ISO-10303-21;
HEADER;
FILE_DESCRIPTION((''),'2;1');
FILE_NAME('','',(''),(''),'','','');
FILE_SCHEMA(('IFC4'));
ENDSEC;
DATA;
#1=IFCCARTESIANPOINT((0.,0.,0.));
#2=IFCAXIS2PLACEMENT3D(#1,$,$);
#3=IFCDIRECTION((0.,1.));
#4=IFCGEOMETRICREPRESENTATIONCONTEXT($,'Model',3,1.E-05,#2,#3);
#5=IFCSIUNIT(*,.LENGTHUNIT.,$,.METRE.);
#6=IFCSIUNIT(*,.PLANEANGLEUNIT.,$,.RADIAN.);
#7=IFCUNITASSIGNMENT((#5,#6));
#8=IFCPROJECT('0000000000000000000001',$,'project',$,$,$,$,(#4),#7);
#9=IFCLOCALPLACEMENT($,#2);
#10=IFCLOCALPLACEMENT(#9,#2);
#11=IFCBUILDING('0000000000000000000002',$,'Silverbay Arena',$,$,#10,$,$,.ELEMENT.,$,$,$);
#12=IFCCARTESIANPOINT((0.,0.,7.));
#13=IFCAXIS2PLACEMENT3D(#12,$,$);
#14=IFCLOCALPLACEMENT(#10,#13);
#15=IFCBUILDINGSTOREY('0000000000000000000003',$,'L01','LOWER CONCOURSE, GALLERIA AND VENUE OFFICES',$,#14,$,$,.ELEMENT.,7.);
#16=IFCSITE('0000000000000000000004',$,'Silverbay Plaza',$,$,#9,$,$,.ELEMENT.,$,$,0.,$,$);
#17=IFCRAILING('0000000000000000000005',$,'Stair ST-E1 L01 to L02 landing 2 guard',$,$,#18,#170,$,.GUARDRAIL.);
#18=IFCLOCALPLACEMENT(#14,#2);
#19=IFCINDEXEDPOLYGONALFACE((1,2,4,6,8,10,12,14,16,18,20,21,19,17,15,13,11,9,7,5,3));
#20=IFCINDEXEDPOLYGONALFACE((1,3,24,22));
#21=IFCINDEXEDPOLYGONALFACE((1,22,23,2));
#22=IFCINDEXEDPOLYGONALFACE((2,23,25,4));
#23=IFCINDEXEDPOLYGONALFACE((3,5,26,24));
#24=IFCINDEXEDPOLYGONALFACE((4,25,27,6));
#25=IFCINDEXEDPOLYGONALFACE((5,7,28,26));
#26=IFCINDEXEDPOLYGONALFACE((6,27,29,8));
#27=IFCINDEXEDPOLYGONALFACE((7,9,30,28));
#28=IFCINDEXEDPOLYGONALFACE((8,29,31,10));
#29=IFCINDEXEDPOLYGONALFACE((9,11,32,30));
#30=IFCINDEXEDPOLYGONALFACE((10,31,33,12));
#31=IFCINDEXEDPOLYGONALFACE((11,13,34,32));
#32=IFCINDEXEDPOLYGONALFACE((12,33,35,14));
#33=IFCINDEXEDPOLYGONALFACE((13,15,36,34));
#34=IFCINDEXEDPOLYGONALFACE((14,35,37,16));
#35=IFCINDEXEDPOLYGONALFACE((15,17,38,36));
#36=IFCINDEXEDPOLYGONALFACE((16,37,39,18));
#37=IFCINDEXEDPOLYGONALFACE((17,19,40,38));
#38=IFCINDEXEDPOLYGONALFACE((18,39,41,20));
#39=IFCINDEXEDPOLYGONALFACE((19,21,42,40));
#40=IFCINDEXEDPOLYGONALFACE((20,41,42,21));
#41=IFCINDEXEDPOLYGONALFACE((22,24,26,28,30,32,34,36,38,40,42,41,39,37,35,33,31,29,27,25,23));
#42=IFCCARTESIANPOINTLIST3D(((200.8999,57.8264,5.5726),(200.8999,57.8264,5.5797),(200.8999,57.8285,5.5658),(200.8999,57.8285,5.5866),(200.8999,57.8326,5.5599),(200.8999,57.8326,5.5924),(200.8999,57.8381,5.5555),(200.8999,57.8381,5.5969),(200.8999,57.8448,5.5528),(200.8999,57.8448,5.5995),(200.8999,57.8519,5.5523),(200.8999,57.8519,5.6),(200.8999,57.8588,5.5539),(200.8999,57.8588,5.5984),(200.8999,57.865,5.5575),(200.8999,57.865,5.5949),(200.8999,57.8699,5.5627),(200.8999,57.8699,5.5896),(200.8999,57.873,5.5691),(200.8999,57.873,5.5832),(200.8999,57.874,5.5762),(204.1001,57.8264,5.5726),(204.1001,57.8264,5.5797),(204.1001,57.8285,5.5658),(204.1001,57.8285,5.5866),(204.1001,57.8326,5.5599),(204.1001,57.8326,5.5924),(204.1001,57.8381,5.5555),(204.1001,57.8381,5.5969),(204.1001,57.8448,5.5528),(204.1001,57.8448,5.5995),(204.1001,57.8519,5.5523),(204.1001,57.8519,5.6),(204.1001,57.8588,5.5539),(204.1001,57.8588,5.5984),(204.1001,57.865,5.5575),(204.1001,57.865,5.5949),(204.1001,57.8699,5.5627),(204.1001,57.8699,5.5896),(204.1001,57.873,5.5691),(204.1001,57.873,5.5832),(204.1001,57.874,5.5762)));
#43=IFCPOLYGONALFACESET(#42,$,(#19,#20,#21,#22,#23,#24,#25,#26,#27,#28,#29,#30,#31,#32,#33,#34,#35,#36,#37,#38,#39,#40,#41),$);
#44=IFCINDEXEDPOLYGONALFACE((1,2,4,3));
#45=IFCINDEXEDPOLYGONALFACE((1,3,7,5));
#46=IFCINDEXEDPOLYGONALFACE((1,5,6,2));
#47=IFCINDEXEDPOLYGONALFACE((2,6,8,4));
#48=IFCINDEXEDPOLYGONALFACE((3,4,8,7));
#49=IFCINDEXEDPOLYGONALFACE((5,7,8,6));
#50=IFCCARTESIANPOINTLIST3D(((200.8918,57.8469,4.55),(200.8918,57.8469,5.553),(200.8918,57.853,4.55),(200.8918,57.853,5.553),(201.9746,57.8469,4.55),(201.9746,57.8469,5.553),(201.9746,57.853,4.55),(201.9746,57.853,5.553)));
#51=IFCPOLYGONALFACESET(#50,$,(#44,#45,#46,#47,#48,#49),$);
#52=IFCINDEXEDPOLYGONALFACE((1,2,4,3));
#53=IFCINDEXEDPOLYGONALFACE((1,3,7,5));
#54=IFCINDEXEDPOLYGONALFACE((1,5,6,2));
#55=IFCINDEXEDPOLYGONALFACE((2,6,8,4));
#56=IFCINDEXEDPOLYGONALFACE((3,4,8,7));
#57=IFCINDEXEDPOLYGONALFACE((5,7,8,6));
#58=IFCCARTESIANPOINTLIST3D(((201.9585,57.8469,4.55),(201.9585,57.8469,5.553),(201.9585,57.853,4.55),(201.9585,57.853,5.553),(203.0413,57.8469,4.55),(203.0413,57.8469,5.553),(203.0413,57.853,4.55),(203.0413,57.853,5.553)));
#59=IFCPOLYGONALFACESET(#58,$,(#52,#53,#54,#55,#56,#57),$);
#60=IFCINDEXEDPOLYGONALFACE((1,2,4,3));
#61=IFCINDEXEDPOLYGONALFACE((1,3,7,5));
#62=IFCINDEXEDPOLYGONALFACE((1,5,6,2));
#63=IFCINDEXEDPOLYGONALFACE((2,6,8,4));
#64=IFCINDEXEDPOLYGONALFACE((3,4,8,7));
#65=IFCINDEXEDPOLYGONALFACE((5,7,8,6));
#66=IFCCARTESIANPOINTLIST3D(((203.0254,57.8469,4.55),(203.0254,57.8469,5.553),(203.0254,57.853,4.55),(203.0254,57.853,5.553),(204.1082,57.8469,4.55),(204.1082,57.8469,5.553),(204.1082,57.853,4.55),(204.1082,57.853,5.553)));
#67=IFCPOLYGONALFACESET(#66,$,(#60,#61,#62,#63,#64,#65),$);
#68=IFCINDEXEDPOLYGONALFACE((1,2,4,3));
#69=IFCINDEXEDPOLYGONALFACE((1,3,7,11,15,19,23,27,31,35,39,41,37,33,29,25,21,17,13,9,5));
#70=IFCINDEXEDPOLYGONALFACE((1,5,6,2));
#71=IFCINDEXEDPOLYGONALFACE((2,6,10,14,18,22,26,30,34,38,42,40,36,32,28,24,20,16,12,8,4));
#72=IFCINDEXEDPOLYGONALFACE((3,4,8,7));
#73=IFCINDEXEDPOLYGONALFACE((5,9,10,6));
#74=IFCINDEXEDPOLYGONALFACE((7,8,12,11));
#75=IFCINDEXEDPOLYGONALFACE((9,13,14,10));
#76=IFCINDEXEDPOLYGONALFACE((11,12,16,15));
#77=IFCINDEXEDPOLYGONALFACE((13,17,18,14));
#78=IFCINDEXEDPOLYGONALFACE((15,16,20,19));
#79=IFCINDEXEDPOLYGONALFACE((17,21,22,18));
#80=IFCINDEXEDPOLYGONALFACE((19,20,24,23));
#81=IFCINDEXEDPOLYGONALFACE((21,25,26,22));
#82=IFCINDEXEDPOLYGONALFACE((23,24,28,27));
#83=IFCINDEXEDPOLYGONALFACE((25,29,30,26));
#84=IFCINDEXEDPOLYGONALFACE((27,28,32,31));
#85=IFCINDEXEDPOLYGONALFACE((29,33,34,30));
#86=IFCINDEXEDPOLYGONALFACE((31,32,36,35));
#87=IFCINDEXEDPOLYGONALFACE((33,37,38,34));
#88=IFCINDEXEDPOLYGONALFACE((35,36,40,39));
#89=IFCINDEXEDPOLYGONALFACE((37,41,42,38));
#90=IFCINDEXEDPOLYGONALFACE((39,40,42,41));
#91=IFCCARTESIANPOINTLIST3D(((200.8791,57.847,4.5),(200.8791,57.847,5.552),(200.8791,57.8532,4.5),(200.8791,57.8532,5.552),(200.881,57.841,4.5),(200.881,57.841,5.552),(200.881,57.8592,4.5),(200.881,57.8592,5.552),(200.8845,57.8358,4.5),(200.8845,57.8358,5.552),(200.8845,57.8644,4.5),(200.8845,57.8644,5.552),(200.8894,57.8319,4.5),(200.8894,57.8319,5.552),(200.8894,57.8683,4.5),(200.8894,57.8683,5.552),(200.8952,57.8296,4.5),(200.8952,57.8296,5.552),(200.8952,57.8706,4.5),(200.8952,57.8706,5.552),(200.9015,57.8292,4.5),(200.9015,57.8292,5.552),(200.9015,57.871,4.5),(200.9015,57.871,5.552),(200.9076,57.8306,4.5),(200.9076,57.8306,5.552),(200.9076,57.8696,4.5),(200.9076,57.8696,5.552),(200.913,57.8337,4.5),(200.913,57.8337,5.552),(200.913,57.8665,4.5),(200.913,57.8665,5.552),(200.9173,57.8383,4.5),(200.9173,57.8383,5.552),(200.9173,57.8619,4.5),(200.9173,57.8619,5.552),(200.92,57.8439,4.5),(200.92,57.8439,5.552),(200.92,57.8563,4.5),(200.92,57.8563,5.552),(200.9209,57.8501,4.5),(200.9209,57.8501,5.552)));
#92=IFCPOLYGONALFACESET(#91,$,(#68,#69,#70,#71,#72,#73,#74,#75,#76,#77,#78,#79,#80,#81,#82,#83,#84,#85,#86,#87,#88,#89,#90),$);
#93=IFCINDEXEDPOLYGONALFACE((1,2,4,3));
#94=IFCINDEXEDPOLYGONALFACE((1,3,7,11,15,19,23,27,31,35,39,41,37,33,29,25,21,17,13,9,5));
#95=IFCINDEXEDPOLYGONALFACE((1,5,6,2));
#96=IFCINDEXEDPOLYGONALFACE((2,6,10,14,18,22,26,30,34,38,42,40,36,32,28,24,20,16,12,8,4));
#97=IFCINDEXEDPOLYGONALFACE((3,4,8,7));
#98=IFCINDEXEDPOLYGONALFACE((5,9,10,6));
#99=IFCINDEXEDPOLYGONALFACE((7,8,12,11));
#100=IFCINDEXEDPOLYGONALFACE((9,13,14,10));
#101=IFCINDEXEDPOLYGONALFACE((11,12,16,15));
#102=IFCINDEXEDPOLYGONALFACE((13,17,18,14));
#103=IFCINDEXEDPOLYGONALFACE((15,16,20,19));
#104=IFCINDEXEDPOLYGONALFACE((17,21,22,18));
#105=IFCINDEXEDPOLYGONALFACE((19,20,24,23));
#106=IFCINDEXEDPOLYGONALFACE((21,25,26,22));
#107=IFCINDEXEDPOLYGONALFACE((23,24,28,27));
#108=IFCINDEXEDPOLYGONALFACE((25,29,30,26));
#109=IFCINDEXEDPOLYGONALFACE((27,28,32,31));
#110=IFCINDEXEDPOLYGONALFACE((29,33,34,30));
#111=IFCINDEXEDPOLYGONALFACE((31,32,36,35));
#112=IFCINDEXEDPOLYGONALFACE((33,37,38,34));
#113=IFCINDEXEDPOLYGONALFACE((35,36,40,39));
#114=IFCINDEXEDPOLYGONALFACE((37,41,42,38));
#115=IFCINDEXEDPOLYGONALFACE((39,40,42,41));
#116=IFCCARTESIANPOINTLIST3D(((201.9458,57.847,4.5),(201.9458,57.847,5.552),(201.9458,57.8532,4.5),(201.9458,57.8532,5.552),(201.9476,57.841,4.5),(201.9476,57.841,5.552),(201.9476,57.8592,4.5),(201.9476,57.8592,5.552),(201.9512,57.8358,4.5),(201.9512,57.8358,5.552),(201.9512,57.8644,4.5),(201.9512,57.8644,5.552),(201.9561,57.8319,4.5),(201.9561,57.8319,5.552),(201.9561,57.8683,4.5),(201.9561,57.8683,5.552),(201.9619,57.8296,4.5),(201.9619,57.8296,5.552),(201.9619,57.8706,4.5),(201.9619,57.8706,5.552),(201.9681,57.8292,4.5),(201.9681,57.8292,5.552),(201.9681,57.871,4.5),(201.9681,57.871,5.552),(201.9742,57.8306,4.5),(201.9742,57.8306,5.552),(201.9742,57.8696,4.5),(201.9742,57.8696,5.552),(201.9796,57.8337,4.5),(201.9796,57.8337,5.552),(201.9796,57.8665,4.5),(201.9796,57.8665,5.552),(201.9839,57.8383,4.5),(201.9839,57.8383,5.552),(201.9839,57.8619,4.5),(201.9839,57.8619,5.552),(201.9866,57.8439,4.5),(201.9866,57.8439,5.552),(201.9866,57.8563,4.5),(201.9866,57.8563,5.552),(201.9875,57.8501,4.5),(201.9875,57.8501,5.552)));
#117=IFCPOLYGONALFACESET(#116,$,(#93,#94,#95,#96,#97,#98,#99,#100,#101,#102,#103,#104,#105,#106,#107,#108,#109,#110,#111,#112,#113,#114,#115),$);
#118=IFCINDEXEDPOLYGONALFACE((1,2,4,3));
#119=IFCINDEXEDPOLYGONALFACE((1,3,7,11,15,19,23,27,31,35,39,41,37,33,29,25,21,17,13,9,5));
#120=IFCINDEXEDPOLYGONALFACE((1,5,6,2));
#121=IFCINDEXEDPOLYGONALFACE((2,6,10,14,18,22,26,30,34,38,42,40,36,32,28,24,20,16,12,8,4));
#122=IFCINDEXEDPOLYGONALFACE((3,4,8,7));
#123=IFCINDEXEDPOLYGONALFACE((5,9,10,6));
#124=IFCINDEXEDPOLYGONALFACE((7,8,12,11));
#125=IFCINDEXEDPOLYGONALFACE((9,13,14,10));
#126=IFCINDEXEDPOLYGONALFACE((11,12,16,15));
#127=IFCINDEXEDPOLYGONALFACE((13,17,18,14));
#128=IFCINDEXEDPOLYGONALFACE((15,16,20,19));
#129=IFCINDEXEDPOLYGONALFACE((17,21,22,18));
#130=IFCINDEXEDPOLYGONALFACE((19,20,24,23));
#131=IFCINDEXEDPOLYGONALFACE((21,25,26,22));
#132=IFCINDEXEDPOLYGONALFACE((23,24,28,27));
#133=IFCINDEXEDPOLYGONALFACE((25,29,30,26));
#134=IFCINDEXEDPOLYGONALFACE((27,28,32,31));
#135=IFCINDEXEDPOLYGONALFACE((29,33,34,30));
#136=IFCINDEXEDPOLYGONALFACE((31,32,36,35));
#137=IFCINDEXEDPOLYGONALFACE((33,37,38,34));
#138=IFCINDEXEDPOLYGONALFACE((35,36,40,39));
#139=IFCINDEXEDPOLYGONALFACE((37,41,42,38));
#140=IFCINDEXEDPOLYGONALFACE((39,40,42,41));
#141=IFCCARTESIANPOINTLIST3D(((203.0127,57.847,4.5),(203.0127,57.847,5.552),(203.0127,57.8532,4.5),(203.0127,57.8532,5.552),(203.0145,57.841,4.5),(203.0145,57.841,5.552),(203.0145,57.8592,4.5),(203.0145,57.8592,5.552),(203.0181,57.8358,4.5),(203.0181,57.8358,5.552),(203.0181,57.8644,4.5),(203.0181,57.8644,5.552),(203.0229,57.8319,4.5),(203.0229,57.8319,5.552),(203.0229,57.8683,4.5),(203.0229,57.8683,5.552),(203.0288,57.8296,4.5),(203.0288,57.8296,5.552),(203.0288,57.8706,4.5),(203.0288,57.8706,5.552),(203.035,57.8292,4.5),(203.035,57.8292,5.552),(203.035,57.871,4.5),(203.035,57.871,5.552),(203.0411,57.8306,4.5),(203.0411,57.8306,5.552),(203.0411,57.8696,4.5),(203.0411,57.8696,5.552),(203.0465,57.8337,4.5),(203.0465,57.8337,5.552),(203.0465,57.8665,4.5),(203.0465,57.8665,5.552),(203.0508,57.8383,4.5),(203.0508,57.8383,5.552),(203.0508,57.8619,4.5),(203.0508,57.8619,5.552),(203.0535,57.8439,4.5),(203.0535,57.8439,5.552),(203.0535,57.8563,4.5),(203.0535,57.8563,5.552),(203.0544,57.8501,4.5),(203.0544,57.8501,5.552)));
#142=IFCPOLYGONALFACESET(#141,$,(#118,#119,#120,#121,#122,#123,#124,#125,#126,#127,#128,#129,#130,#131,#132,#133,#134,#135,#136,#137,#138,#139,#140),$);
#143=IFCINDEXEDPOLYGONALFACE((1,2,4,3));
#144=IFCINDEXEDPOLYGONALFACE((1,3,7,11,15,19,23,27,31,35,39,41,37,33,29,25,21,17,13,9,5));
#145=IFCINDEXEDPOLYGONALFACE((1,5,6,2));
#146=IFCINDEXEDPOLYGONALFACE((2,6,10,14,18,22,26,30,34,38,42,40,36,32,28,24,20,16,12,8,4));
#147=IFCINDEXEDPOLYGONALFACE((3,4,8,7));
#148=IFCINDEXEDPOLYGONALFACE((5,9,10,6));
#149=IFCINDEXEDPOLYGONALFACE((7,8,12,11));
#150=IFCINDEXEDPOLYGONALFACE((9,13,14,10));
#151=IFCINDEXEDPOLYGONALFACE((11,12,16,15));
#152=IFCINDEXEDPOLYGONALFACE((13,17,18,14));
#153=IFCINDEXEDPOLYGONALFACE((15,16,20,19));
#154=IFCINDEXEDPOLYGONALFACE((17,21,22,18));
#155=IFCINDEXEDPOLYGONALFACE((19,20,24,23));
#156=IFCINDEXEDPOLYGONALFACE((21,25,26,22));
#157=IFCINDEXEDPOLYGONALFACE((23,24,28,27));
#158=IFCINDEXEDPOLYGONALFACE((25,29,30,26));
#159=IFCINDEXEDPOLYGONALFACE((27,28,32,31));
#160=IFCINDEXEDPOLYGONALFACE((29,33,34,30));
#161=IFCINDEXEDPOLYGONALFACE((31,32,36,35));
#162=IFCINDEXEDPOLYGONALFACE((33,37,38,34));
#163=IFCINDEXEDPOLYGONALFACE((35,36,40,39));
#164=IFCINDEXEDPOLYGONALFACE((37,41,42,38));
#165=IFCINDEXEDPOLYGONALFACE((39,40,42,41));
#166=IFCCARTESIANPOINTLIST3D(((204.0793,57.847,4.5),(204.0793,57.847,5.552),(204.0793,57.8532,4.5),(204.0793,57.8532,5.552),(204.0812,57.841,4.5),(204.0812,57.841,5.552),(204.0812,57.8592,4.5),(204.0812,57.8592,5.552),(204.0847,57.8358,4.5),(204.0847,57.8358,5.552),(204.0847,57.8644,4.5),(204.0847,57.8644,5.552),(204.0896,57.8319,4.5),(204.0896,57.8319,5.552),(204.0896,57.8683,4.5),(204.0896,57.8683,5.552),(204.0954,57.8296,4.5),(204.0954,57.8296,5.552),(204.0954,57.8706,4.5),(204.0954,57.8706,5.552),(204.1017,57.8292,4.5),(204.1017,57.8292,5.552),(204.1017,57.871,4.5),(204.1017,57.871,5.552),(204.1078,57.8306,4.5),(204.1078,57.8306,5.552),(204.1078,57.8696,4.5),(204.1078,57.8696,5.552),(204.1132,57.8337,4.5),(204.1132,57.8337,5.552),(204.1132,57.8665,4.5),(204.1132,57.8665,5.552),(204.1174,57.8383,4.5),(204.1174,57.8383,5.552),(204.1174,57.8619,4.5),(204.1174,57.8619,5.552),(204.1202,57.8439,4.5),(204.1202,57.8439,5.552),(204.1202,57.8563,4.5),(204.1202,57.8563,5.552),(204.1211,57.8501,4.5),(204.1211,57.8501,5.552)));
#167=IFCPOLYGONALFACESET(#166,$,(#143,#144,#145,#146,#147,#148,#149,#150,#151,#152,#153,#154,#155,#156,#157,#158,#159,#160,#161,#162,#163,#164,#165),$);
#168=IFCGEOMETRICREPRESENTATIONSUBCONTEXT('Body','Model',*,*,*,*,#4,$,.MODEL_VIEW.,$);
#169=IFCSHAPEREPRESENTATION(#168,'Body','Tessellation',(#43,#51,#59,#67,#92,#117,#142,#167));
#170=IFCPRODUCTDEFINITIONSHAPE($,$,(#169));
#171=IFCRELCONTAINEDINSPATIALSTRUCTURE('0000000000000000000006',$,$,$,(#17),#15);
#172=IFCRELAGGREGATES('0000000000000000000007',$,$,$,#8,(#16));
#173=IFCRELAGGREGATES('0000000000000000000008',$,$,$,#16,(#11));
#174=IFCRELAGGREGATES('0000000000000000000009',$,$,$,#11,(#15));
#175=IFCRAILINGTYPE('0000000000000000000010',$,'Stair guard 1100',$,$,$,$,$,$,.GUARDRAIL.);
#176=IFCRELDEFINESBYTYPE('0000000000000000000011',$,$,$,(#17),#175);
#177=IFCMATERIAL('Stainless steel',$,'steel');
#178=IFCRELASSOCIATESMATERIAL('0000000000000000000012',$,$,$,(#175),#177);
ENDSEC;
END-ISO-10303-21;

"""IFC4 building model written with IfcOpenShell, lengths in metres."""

from ifc_helpers import new_model, si_unit, direction, frame, origin, origin_2d, place, context, subcontext, project, spatial, polyline, circle, outline, extrude, material, type_object, element, save


model = new_model("IFC4")

# Units and contexts
model_context = context("Model", 3, precision=1e-05, world=origin(), true_north=direction((0.0, 1.0)))
body_context = subcontext(model_context, "Body", "Model", "MODEL_VIEW")
ifc_project = project(units=[si_unit("LENGTHUNIT", "METRE"), si_unit("PLANEANGLEUNIT", "RADIAN")], contexts=[model_context])

# Site, building, storey
site_placement = place(None, origin())
site = spatial("IfcSite", under=ifc_project, at=site_placement, Name="Silverbay Plaza", CompositionType="ELEMENT", RefElevation=0.0)
building_placement = place(site_placement, origin())
building = spatial("IfcBuilding", under=site, at=building_placement, Name="Silverbay Arena", CompositionType="ELEMENT")
storey_placement = place(building_placement, frame((0.0, 0.0, 7.0)))
storey = spatial("IfcBuildingStorey", under=building, at=storey_placement, Name="L01", Description="LOWER CONCOURSE, GALLERIA AND VENUE OFFICES", CompositionType="ELEMENT", Elevation=7.0)

# Railing
ifc_material_1 = material(Name="Stainless steel", Category="steel")
railing_type_1 = type_object("IfcRailingType", Name="Stair guard 1100", PredefinedType="GUARDRAIL", material=ifc_material_1)
for number, where, name in (
    (1, (200.8999, 57.8501, 4.5), "Stair ST-E1 L01 to L02 landing 2 guard"),
):
    element("IfcRailing", number, at=place(storey_placement, frame(where)), inside=storey, type_object=railing_type_1, Name=name, PredefinedType="GUARDRAIL", context=body_context, shape_type="SweptSolid", body=[
        extrude(circle(Radius=0.0239, at=origin_2d()), frame((0.0, 0.0, 1.0762), z_axis=(1.0, 0.0, 0.0), x_axis=(0.0, 1.0, 0.0)), (0.0, 0.0, 1.0), 3.2002),
        extrude(outline(polyline([(-0.0081, 0.05), (1.0747, 0.05), (1.0747, 1.053), (-0.0081, 1.053), (-0.0081, 0.05)])), frame((0.0, 0.0029, 0.0), z_axis=(0.0, -1.0, 0.0), x_axis=(1.0, 0.0, 0.0)), (0.0, 0.0, 1.0), 0.0061),
        extrude(outline(polyline([(-0.0081, 0.05), (1.0747, 0.05), (1.0747, 1.053), (-0.0081, 1.053), (-0.0081, 0.05)])), frame((1.0667, 0.0029, 0.0), z_axis=(0.0, -1.0, 0.0), x_axis=(1.0, 0.0, 0.0)), (0.0, 0.0, 1.0), 0.0061),
        extrude(outline(polyline([(-0.0081, 0.05), (1.0747, 0.05), (1.0747, 1.053), (-0.0081, 1.053), (-0.0081, 0.05)])), frame((2.1335, 0.0029, 0.0), z_axis=(0.0, -1.0, 0.0), x_axis=(1.0, 0.0, 0.0)), (0.0, 0.0, 1.0), 0.0061),
        extrude(circle(Radius=0.021, at=origin_2d()), origin(), (0.0, 0.0, 1.0), 1.052),
        extrude(circle(Radius=0.021, at=origin_2d()), frame((1.0667, 0.0, 0.0)), (0.0, 0.0, 1.0), 1.052),
        extrude(circle(Radius=0.021, at=origin_2d()), frame((2.1335, 0.0, 0.0)), (0.0, 0.0, 1.0), 1.052),
        extrude(circle(Radius=0.021, at=origin_2d()), frame((3.2002, 0.0, 0.0)), (0.0, 0.0, 1.0), 1.052),
    ])

save(model, "model.ifc")
